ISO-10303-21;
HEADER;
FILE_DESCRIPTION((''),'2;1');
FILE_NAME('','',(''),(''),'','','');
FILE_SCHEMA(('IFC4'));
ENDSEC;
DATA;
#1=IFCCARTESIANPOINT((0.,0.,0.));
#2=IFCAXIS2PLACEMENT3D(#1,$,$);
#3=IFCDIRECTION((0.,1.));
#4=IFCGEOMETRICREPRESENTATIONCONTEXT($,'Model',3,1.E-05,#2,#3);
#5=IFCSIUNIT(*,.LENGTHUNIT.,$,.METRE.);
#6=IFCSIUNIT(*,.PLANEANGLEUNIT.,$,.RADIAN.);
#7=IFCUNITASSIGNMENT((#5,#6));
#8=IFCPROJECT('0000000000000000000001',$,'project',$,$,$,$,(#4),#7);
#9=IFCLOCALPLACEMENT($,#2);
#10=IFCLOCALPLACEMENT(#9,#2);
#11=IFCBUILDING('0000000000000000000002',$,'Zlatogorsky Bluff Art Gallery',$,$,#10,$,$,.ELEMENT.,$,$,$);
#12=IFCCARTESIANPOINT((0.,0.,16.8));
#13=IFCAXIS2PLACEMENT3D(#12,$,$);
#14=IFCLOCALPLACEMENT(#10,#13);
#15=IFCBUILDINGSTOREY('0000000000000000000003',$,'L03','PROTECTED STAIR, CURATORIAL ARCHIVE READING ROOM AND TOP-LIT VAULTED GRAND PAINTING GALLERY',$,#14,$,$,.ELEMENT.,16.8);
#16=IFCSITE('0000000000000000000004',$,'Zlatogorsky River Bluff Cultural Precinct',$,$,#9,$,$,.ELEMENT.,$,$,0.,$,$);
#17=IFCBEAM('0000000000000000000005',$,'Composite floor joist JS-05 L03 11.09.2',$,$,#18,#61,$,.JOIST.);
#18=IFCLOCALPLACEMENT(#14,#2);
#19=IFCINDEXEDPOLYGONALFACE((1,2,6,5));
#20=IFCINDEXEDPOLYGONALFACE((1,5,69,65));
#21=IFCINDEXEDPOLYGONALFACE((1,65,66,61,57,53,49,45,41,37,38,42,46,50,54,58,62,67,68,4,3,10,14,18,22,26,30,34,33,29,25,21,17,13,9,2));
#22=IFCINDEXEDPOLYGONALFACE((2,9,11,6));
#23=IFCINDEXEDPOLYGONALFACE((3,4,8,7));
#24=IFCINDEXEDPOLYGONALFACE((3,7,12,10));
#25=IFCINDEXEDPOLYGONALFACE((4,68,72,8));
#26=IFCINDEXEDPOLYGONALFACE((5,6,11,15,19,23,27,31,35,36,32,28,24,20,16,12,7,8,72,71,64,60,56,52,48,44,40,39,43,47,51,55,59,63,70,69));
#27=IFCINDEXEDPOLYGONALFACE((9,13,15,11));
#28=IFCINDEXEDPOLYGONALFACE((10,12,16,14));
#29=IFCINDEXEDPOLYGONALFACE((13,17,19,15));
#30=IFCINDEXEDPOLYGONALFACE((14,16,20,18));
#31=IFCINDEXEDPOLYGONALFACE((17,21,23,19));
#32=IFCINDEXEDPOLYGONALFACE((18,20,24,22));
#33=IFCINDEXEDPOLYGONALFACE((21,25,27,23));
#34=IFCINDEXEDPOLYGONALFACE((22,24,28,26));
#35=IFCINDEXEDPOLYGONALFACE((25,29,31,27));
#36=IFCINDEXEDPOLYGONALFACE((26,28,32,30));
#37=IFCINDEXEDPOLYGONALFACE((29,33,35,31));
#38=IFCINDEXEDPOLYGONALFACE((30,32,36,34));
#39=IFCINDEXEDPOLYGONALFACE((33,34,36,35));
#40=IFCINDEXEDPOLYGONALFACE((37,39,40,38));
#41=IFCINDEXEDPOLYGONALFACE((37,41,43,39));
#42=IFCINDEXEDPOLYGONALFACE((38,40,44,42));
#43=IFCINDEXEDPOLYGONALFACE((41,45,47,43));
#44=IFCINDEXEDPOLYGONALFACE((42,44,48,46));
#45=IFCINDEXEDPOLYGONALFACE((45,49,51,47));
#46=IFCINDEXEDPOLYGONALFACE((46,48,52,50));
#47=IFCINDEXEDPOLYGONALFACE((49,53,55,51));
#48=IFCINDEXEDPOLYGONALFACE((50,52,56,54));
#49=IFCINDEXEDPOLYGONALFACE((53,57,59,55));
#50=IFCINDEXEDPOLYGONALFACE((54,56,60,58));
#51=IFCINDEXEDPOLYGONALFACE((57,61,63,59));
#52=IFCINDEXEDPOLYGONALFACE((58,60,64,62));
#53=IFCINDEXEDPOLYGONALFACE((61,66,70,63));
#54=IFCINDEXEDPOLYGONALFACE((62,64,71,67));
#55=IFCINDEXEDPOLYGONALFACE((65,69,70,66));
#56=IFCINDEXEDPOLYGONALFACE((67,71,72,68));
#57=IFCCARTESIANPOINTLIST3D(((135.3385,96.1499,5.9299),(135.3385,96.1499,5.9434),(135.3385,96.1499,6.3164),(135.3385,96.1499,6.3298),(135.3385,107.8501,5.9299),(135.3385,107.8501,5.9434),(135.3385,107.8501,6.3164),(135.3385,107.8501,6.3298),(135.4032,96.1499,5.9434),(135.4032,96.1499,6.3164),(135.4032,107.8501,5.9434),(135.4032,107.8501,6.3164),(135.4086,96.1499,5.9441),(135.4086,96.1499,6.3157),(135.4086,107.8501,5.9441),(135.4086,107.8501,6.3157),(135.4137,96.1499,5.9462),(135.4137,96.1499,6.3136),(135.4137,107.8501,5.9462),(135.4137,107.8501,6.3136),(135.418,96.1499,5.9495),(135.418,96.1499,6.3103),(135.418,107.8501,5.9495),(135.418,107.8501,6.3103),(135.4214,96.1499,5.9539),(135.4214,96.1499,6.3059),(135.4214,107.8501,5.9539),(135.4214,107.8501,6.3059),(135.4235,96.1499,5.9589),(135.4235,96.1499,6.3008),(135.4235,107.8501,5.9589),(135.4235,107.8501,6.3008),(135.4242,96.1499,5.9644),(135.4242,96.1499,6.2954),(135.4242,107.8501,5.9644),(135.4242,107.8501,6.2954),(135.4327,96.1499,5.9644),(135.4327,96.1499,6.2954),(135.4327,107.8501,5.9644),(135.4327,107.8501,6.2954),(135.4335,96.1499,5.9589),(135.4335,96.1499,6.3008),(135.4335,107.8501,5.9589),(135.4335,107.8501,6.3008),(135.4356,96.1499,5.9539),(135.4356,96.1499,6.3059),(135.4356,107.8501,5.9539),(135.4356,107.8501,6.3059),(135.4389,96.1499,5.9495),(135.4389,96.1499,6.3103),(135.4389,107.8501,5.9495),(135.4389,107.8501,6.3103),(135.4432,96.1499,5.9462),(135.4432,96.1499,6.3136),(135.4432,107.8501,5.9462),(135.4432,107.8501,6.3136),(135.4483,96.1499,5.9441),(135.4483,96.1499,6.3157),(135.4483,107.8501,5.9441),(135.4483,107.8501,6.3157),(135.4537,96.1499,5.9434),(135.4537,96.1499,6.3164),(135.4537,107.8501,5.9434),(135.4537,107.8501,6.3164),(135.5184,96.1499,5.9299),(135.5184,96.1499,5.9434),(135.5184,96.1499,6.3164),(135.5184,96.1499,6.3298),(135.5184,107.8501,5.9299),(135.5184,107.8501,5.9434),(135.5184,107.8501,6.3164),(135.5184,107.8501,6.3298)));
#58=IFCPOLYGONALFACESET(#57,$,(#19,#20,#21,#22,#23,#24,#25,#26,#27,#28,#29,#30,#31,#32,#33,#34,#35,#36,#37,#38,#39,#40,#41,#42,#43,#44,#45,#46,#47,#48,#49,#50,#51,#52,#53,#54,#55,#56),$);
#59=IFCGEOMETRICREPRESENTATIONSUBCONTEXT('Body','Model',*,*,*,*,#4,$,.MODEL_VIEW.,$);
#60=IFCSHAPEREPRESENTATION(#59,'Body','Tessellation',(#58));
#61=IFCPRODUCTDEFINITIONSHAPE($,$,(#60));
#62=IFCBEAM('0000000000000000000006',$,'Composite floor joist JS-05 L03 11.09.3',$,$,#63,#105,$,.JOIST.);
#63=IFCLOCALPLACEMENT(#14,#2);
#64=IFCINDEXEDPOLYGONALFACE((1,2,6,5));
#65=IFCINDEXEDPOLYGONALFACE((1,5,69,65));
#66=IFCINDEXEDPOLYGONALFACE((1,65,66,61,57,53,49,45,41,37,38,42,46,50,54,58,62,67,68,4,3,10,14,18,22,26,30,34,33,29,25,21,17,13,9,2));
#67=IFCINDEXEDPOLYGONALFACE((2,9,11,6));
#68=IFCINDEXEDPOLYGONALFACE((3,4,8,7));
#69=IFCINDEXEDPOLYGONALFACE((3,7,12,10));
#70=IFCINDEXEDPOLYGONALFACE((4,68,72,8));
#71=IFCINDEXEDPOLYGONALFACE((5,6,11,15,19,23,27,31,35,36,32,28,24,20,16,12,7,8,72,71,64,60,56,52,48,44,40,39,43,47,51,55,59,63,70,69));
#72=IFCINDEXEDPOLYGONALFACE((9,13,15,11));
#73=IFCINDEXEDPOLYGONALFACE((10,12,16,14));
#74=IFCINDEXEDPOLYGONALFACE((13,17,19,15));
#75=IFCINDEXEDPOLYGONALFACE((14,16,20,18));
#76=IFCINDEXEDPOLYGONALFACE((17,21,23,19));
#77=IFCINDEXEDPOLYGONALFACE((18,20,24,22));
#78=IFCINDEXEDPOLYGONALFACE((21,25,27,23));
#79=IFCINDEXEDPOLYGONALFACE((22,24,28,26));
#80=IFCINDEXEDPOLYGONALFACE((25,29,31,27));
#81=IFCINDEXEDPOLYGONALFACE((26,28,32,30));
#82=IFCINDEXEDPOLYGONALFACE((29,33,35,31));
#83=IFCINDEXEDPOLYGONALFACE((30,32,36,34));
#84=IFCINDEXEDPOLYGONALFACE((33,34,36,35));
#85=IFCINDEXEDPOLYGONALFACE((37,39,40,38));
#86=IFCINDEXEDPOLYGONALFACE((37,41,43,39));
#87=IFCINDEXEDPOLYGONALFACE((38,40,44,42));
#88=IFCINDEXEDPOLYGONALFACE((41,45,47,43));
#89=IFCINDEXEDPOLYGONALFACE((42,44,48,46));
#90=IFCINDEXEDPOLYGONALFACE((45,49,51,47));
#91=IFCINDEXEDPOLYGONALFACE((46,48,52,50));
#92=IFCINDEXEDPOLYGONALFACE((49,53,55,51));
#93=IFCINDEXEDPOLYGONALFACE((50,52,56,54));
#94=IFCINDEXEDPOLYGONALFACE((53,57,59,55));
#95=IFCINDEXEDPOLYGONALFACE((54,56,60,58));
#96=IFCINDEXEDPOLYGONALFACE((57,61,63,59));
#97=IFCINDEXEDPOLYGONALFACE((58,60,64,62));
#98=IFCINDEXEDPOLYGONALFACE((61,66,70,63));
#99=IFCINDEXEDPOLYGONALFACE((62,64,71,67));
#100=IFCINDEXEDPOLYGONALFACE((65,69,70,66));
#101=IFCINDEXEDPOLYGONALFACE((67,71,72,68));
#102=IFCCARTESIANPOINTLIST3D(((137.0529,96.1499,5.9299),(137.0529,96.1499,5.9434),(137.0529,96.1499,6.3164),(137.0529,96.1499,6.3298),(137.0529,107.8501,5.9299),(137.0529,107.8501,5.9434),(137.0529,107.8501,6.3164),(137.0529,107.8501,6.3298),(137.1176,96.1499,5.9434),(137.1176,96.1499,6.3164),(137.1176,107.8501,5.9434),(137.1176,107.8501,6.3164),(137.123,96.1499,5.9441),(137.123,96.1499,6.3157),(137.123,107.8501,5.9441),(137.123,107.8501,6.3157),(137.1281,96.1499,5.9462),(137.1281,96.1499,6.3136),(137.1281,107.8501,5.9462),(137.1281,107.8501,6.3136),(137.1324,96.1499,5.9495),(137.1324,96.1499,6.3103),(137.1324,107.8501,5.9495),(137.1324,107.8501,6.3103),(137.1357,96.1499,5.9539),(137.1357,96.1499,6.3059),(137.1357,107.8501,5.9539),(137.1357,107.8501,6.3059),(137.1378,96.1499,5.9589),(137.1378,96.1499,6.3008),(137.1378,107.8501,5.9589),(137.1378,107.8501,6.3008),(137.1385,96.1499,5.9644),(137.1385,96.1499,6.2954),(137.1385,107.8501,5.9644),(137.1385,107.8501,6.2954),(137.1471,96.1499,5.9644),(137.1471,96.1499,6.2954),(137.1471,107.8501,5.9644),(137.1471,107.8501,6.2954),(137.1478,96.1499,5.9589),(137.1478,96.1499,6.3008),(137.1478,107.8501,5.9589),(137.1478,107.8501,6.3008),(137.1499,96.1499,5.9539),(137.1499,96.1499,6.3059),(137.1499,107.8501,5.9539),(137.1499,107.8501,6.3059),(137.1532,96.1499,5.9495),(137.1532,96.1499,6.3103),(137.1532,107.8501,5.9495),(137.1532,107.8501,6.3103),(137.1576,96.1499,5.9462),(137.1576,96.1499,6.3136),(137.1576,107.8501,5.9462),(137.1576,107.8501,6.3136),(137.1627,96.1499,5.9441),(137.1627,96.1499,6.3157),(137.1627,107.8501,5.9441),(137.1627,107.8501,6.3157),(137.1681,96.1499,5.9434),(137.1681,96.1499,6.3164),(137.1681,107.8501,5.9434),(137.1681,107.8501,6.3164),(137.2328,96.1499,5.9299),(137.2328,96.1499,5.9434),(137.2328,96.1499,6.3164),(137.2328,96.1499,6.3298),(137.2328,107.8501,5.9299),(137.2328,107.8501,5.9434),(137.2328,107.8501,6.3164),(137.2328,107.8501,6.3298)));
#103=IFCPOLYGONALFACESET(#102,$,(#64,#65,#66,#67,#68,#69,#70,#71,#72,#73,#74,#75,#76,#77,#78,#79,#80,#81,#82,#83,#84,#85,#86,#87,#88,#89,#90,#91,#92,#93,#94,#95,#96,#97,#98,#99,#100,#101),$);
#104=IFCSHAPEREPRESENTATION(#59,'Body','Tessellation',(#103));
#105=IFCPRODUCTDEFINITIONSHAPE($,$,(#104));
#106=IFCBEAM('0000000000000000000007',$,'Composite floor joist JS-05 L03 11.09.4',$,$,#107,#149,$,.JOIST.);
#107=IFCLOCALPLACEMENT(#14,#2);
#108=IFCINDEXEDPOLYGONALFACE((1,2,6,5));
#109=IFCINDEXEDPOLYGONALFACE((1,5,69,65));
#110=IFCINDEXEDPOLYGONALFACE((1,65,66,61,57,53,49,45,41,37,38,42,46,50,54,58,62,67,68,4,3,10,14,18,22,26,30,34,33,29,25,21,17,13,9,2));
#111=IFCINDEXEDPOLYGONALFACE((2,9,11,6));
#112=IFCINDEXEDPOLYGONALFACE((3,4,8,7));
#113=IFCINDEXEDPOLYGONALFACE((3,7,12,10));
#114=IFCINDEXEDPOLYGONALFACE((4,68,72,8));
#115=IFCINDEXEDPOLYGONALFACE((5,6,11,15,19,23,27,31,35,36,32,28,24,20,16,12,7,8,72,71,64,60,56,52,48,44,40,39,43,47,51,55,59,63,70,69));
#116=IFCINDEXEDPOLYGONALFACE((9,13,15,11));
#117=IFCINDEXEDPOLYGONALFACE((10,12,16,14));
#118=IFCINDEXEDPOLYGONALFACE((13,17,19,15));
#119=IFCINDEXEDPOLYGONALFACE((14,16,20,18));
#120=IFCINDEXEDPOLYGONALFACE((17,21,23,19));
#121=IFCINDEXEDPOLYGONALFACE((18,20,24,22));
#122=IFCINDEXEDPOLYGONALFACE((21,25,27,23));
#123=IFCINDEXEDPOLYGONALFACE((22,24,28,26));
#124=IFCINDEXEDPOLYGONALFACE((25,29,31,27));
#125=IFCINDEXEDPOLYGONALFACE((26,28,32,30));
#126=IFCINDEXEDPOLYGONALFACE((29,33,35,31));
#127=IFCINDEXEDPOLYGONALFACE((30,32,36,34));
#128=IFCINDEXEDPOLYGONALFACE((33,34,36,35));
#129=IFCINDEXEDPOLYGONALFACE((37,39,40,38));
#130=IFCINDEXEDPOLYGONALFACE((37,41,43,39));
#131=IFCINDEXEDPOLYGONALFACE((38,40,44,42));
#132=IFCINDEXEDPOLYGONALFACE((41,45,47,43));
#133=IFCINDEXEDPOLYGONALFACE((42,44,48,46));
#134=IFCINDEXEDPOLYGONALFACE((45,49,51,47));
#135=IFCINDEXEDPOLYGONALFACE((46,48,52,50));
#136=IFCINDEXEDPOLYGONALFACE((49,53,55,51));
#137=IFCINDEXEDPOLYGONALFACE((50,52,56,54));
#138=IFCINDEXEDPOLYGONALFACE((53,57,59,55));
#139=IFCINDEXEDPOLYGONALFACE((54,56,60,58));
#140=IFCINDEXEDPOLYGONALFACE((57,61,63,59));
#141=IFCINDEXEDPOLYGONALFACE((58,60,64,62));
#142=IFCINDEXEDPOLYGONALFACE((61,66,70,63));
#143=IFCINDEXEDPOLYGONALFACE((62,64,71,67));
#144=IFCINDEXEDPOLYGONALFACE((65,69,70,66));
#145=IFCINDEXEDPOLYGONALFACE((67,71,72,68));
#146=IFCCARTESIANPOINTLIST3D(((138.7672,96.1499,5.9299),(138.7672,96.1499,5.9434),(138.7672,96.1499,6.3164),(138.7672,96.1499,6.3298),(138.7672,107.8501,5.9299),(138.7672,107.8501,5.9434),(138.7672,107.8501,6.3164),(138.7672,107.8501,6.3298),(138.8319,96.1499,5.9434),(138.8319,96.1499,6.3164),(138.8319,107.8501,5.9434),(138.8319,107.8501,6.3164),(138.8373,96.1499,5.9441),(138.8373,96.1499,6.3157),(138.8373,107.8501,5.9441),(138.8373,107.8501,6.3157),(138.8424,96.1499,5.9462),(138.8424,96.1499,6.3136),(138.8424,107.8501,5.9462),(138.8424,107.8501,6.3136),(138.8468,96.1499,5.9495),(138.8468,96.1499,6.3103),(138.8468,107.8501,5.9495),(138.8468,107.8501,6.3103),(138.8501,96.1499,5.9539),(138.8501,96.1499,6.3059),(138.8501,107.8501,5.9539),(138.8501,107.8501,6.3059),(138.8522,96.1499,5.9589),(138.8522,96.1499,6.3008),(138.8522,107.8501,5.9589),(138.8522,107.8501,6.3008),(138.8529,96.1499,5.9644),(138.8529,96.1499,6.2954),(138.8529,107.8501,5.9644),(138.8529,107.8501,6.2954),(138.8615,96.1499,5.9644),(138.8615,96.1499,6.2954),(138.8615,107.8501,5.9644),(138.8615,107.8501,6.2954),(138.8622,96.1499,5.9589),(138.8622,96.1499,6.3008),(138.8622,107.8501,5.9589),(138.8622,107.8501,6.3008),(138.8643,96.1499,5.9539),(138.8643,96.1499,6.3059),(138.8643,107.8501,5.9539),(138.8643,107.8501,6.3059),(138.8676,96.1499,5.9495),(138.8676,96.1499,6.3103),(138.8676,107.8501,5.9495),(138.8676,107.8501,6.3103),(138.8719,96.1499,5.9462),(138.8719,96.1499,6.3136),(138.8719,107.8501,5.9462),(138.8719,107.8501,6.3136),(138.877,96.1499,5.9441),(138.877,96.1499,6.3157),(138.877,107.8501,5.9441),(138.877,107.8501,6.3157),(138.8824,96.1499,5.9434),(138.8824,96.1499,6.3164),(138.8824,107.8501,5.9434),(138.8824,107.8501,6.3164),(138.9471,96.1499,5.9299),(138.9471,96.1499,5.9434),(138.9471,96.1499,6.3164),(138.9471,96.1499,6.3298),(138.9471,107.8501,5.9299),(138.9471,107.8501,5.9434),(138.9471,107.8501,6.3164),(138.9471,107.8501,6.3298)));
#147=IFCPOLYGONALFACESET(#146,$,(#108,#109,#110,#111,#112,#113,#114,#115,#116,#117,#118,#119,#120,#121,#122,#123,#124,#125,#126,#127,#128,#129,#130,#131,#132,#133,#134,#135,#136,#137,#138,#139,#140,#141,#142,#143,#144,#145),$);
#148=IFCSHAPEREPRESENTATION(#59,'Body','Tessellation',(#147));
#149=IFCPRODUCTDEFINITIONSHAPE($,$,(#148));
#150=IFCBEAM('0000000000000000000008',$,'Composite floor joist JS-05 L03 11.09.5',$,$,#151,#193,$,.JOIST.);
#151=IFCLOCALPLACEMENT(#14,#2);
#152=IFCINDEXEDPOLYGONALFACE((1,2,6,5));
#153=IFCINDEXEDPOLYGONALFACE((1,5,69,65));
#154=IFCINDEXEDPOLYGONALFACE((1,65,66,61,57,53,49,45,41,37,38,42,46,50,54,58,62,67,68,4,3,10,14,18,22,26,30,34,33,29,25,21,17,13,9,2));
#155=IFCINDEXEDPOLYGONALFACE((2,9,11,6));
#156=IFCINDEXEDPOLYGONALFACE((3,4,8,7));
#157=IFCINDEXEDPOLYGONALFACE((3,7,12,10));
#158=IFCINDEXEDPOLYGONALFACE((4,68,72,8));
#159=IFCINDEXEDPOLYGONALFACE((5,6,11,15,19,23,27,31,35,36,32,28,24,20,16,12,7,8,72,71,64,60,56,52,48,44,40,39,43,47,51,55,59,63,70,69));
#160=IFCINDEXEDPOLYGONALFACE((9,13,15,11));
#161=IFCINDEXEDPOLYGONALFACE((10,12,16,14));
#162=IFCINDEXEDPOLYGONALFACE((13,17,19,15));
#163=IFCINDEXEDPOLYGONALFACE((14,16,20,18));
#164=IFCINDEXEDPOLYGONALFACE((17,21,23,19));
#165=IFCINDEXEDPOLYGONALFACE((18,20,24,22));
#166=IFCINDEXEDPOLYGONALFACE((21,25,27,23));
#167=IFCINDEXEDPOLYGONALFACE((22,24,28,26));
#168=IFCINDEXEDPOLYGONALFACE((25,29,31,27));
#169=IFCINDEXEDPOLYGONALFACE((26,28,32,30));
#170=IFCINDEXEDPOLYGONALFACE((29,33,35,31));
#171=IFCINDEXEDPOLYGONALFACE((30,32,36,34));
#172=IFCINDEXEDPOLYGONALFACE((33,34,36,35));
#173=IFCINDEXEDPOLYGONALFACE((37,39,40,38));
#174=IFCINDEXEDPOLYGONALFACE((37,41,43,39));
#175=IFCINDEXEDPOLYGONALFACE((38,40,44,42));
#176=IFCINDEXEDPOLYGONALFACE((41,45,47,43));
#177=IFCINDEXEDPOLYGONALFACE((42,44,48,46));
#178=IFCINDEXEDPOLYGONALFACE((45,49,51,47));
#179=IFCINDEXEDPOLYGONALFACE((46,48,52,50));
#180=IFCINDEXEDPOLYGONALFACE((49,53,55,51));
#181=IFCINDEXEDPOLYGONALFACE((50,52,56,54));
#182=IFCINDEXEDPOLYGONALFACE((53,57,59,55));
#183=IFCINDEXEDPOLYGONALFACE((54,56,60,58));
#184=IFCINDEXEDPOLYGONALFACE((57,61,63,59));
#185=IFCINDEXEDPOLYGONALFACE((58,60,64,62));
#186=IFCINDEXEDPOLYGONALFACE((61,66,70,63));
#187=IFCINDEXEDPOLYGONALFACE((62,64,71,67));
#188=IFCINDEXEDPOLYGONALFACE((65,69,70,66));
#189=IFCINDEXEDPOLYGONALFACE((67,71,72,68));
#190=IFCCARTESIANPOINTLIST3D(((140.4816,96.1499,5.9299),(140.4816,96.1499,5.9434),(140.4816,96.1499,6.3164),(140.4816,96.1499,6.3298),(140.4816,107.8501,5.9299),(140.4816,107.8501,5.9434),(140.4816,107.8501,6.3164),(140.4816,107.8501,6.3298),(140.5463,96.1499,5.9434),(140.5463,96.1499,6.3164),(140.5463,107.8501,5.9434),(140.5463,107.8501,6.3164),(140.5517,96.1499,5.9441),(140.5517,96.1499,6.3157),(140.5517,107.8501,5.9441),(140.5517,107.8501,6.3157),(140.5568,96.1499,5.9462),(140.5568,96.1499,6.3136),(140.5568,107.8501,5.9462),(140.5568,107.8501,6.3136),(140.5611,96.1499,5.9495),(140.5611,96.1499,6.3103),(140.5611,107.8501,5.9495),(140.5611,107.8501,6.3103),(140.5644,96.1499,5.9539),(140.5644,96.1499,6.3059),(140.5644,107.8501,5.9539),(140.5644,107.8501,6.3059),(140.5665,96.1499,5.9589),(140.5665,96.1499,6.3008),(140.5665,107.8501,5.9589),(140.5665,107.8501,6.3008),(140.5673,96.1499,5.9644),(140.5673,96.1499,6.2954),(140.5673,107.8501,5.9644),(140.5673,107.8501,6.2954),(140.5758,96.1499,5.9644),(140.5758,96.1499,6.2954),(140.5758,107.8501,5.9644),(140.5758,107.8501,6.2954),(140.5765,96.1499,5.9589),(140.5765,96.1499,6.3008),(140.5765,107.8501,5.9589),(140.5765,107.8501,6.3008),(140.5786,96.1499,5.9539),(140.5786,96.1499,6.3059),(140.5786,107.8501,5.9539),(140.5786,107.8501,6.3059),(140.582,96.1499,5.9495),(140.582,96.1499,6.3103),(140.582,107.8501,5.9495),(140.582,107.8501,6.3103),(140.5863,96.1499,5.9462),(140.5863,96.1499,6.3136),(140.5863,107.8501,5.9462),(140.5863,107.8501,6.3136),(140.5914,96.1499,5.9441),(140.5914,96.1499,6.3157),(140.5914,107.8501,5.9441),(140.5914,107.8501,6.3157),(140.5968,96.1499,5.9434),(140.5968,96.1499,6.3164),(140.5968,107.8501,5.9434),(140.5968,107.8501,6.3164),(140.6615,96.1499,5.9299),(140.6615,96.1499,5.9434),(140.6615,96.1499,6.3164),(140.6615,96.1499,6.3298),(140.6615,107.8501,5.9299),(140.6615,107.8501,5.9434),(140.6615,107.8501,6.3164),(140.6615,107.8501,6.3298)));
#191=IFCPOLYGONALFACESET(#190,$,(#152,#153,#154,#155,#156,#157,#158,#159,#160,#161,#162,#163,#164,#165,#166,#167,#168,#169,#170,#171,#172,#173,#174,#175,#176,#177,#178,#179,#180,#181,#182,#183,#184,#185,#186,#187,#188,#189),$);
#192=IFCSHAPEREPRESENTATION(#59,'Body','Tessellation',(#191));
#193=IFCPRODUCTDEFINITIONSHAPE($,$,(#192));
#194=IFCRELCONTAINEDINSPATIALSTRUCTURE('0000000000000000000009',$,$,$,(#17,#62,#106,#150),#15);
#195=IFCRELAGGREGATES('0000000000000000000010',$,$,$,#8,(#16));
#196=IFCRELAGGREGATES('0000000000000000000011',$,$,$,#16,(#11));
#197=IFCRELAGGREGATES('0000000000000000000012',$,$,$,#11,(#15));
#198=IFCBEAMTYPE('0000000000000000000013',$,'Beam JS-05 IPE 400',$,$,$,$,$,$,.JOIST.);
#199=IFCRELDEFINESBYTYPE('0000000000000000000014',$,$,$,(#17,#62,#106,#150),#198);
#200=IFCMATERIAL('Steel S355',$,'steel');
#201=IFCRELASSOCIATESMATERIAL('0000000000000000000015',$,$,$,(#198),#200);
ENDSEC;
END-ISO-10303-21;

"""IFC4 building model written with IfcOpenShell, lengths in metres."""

from ifc_helpers import new_model, si_unit, direction, frame, origin, origin_2d, place, context, subcontext, project, spatial, i_section, extrude, material, material_profile, profile_set, type_object, element, save


model = new_model("IFC4")

# Units and contexts
model_context = context("Model", 3, precision=1e-05, world=origin(), true_north=direction((0.0, 1.0)))
body_context = subcontext(model_context, "Body", "Model", "MODEL_VIEW")
ifc_project = project(units=[si_unit("LENGTHUNIT", "METRE"), si_unit("PLANEANGLEUNIT", "RADIAN")], contexts=[model_context])

# Site, building, storey
site_placement = place(None, origin())
site = spatial("IfcSite", under=ifc_project, at=site_placement, Name="Zlatogorsky River Bluff Cultural Precinct", CompositionType="ELEMENT", RefElevation=0.0)
building_placement = place(site_placement, origin())
building = spatial("IfcBuilding", under=site, at=building_placement, Name="Zlatogorsky Bluff Art Gallery", CompositionType="ELEMENT")
storey_placement = place(building_placement, frame((0.0, 0.0, 16.8)))
storey = spatial("IfcBuildingStorey", under=building, at=storey_placement, Name="L03", Description="PROTECTED STAIR, CURATORIAL ARCHIVE READING ROOM AND TOP-LIT VAULTED GRAND PAINTING GALLERY", CompositionType="ELEMENT", Elevation=16.8)

# Shared definitions
ifc_material_1 = material(Name="Steel S355", Category="steel")

# Beams
ifc_material_profile_1 = material_profile(ifc_material_1, i_section(OverallWidth=0.1799, OverallDepth=0.3999, WebThickness=0.0085, FlangeThickness=0.0134, FilletRadius=0.021, at=origin_2d()), Name="IPE 400")
ifc_profile_set_1 = profile_set([ifc_material_profile_1], Name="Steel S355")
beam_type_1 = type_object("IfcBeamType", Name="Beam JS-05 IPE 400", PredefinedType="JOIST", material=ifc_profile_set_1)
for number, where, z_axis, x_axis, name in (
    (1, (135.4285, 96.1499, 6.1299), (0.0, 1.0, 0.0), (-1.0, 0.0, 0.0), "Composite floor joist JS-05 L03 11.09.2"),
    (2, (137.1428, 96.1499, 6.1299), (0.0, 1.0, 0.0), (-1.0, 0.0, 0.0), "Composite floor joist JS-05 L03 11.09.3"),
    (3, (138.8572, 96.1499, 6.1299), (0.0, 1.0, 0.0), (-1.0, 0.0, 0.0), "Composite floor joist JS-05 L03 11.09.4"),
    (4, (140.5715, 96.1499, 6.1299), (0.0, 1.0, 0.0), (-1.0, 0.0, 0.0), "Composite floor joist JS-05 L03 11.09.5"),
):
    element("IfcBeam", number, at=place(storey_placement, frame(where, z_axis=z_axis, x_axis=x_axis)), inside=storey, type_object=beam_type_1, Name=name, PredefinedType="JOIST", context=body_context, shape_type="SweptSolid", body=[
        extrude(i_section(OverallWidth=0.1799, OverallDepth=0.3999, WebThickness=0.0085, FlangeThickness=0.0134, FilletRadius=0.021, at=origin_2d()), origin(), (0.0, 0.0, 1.0), 11.7002),
    ])

save(model, "model.ifc")
